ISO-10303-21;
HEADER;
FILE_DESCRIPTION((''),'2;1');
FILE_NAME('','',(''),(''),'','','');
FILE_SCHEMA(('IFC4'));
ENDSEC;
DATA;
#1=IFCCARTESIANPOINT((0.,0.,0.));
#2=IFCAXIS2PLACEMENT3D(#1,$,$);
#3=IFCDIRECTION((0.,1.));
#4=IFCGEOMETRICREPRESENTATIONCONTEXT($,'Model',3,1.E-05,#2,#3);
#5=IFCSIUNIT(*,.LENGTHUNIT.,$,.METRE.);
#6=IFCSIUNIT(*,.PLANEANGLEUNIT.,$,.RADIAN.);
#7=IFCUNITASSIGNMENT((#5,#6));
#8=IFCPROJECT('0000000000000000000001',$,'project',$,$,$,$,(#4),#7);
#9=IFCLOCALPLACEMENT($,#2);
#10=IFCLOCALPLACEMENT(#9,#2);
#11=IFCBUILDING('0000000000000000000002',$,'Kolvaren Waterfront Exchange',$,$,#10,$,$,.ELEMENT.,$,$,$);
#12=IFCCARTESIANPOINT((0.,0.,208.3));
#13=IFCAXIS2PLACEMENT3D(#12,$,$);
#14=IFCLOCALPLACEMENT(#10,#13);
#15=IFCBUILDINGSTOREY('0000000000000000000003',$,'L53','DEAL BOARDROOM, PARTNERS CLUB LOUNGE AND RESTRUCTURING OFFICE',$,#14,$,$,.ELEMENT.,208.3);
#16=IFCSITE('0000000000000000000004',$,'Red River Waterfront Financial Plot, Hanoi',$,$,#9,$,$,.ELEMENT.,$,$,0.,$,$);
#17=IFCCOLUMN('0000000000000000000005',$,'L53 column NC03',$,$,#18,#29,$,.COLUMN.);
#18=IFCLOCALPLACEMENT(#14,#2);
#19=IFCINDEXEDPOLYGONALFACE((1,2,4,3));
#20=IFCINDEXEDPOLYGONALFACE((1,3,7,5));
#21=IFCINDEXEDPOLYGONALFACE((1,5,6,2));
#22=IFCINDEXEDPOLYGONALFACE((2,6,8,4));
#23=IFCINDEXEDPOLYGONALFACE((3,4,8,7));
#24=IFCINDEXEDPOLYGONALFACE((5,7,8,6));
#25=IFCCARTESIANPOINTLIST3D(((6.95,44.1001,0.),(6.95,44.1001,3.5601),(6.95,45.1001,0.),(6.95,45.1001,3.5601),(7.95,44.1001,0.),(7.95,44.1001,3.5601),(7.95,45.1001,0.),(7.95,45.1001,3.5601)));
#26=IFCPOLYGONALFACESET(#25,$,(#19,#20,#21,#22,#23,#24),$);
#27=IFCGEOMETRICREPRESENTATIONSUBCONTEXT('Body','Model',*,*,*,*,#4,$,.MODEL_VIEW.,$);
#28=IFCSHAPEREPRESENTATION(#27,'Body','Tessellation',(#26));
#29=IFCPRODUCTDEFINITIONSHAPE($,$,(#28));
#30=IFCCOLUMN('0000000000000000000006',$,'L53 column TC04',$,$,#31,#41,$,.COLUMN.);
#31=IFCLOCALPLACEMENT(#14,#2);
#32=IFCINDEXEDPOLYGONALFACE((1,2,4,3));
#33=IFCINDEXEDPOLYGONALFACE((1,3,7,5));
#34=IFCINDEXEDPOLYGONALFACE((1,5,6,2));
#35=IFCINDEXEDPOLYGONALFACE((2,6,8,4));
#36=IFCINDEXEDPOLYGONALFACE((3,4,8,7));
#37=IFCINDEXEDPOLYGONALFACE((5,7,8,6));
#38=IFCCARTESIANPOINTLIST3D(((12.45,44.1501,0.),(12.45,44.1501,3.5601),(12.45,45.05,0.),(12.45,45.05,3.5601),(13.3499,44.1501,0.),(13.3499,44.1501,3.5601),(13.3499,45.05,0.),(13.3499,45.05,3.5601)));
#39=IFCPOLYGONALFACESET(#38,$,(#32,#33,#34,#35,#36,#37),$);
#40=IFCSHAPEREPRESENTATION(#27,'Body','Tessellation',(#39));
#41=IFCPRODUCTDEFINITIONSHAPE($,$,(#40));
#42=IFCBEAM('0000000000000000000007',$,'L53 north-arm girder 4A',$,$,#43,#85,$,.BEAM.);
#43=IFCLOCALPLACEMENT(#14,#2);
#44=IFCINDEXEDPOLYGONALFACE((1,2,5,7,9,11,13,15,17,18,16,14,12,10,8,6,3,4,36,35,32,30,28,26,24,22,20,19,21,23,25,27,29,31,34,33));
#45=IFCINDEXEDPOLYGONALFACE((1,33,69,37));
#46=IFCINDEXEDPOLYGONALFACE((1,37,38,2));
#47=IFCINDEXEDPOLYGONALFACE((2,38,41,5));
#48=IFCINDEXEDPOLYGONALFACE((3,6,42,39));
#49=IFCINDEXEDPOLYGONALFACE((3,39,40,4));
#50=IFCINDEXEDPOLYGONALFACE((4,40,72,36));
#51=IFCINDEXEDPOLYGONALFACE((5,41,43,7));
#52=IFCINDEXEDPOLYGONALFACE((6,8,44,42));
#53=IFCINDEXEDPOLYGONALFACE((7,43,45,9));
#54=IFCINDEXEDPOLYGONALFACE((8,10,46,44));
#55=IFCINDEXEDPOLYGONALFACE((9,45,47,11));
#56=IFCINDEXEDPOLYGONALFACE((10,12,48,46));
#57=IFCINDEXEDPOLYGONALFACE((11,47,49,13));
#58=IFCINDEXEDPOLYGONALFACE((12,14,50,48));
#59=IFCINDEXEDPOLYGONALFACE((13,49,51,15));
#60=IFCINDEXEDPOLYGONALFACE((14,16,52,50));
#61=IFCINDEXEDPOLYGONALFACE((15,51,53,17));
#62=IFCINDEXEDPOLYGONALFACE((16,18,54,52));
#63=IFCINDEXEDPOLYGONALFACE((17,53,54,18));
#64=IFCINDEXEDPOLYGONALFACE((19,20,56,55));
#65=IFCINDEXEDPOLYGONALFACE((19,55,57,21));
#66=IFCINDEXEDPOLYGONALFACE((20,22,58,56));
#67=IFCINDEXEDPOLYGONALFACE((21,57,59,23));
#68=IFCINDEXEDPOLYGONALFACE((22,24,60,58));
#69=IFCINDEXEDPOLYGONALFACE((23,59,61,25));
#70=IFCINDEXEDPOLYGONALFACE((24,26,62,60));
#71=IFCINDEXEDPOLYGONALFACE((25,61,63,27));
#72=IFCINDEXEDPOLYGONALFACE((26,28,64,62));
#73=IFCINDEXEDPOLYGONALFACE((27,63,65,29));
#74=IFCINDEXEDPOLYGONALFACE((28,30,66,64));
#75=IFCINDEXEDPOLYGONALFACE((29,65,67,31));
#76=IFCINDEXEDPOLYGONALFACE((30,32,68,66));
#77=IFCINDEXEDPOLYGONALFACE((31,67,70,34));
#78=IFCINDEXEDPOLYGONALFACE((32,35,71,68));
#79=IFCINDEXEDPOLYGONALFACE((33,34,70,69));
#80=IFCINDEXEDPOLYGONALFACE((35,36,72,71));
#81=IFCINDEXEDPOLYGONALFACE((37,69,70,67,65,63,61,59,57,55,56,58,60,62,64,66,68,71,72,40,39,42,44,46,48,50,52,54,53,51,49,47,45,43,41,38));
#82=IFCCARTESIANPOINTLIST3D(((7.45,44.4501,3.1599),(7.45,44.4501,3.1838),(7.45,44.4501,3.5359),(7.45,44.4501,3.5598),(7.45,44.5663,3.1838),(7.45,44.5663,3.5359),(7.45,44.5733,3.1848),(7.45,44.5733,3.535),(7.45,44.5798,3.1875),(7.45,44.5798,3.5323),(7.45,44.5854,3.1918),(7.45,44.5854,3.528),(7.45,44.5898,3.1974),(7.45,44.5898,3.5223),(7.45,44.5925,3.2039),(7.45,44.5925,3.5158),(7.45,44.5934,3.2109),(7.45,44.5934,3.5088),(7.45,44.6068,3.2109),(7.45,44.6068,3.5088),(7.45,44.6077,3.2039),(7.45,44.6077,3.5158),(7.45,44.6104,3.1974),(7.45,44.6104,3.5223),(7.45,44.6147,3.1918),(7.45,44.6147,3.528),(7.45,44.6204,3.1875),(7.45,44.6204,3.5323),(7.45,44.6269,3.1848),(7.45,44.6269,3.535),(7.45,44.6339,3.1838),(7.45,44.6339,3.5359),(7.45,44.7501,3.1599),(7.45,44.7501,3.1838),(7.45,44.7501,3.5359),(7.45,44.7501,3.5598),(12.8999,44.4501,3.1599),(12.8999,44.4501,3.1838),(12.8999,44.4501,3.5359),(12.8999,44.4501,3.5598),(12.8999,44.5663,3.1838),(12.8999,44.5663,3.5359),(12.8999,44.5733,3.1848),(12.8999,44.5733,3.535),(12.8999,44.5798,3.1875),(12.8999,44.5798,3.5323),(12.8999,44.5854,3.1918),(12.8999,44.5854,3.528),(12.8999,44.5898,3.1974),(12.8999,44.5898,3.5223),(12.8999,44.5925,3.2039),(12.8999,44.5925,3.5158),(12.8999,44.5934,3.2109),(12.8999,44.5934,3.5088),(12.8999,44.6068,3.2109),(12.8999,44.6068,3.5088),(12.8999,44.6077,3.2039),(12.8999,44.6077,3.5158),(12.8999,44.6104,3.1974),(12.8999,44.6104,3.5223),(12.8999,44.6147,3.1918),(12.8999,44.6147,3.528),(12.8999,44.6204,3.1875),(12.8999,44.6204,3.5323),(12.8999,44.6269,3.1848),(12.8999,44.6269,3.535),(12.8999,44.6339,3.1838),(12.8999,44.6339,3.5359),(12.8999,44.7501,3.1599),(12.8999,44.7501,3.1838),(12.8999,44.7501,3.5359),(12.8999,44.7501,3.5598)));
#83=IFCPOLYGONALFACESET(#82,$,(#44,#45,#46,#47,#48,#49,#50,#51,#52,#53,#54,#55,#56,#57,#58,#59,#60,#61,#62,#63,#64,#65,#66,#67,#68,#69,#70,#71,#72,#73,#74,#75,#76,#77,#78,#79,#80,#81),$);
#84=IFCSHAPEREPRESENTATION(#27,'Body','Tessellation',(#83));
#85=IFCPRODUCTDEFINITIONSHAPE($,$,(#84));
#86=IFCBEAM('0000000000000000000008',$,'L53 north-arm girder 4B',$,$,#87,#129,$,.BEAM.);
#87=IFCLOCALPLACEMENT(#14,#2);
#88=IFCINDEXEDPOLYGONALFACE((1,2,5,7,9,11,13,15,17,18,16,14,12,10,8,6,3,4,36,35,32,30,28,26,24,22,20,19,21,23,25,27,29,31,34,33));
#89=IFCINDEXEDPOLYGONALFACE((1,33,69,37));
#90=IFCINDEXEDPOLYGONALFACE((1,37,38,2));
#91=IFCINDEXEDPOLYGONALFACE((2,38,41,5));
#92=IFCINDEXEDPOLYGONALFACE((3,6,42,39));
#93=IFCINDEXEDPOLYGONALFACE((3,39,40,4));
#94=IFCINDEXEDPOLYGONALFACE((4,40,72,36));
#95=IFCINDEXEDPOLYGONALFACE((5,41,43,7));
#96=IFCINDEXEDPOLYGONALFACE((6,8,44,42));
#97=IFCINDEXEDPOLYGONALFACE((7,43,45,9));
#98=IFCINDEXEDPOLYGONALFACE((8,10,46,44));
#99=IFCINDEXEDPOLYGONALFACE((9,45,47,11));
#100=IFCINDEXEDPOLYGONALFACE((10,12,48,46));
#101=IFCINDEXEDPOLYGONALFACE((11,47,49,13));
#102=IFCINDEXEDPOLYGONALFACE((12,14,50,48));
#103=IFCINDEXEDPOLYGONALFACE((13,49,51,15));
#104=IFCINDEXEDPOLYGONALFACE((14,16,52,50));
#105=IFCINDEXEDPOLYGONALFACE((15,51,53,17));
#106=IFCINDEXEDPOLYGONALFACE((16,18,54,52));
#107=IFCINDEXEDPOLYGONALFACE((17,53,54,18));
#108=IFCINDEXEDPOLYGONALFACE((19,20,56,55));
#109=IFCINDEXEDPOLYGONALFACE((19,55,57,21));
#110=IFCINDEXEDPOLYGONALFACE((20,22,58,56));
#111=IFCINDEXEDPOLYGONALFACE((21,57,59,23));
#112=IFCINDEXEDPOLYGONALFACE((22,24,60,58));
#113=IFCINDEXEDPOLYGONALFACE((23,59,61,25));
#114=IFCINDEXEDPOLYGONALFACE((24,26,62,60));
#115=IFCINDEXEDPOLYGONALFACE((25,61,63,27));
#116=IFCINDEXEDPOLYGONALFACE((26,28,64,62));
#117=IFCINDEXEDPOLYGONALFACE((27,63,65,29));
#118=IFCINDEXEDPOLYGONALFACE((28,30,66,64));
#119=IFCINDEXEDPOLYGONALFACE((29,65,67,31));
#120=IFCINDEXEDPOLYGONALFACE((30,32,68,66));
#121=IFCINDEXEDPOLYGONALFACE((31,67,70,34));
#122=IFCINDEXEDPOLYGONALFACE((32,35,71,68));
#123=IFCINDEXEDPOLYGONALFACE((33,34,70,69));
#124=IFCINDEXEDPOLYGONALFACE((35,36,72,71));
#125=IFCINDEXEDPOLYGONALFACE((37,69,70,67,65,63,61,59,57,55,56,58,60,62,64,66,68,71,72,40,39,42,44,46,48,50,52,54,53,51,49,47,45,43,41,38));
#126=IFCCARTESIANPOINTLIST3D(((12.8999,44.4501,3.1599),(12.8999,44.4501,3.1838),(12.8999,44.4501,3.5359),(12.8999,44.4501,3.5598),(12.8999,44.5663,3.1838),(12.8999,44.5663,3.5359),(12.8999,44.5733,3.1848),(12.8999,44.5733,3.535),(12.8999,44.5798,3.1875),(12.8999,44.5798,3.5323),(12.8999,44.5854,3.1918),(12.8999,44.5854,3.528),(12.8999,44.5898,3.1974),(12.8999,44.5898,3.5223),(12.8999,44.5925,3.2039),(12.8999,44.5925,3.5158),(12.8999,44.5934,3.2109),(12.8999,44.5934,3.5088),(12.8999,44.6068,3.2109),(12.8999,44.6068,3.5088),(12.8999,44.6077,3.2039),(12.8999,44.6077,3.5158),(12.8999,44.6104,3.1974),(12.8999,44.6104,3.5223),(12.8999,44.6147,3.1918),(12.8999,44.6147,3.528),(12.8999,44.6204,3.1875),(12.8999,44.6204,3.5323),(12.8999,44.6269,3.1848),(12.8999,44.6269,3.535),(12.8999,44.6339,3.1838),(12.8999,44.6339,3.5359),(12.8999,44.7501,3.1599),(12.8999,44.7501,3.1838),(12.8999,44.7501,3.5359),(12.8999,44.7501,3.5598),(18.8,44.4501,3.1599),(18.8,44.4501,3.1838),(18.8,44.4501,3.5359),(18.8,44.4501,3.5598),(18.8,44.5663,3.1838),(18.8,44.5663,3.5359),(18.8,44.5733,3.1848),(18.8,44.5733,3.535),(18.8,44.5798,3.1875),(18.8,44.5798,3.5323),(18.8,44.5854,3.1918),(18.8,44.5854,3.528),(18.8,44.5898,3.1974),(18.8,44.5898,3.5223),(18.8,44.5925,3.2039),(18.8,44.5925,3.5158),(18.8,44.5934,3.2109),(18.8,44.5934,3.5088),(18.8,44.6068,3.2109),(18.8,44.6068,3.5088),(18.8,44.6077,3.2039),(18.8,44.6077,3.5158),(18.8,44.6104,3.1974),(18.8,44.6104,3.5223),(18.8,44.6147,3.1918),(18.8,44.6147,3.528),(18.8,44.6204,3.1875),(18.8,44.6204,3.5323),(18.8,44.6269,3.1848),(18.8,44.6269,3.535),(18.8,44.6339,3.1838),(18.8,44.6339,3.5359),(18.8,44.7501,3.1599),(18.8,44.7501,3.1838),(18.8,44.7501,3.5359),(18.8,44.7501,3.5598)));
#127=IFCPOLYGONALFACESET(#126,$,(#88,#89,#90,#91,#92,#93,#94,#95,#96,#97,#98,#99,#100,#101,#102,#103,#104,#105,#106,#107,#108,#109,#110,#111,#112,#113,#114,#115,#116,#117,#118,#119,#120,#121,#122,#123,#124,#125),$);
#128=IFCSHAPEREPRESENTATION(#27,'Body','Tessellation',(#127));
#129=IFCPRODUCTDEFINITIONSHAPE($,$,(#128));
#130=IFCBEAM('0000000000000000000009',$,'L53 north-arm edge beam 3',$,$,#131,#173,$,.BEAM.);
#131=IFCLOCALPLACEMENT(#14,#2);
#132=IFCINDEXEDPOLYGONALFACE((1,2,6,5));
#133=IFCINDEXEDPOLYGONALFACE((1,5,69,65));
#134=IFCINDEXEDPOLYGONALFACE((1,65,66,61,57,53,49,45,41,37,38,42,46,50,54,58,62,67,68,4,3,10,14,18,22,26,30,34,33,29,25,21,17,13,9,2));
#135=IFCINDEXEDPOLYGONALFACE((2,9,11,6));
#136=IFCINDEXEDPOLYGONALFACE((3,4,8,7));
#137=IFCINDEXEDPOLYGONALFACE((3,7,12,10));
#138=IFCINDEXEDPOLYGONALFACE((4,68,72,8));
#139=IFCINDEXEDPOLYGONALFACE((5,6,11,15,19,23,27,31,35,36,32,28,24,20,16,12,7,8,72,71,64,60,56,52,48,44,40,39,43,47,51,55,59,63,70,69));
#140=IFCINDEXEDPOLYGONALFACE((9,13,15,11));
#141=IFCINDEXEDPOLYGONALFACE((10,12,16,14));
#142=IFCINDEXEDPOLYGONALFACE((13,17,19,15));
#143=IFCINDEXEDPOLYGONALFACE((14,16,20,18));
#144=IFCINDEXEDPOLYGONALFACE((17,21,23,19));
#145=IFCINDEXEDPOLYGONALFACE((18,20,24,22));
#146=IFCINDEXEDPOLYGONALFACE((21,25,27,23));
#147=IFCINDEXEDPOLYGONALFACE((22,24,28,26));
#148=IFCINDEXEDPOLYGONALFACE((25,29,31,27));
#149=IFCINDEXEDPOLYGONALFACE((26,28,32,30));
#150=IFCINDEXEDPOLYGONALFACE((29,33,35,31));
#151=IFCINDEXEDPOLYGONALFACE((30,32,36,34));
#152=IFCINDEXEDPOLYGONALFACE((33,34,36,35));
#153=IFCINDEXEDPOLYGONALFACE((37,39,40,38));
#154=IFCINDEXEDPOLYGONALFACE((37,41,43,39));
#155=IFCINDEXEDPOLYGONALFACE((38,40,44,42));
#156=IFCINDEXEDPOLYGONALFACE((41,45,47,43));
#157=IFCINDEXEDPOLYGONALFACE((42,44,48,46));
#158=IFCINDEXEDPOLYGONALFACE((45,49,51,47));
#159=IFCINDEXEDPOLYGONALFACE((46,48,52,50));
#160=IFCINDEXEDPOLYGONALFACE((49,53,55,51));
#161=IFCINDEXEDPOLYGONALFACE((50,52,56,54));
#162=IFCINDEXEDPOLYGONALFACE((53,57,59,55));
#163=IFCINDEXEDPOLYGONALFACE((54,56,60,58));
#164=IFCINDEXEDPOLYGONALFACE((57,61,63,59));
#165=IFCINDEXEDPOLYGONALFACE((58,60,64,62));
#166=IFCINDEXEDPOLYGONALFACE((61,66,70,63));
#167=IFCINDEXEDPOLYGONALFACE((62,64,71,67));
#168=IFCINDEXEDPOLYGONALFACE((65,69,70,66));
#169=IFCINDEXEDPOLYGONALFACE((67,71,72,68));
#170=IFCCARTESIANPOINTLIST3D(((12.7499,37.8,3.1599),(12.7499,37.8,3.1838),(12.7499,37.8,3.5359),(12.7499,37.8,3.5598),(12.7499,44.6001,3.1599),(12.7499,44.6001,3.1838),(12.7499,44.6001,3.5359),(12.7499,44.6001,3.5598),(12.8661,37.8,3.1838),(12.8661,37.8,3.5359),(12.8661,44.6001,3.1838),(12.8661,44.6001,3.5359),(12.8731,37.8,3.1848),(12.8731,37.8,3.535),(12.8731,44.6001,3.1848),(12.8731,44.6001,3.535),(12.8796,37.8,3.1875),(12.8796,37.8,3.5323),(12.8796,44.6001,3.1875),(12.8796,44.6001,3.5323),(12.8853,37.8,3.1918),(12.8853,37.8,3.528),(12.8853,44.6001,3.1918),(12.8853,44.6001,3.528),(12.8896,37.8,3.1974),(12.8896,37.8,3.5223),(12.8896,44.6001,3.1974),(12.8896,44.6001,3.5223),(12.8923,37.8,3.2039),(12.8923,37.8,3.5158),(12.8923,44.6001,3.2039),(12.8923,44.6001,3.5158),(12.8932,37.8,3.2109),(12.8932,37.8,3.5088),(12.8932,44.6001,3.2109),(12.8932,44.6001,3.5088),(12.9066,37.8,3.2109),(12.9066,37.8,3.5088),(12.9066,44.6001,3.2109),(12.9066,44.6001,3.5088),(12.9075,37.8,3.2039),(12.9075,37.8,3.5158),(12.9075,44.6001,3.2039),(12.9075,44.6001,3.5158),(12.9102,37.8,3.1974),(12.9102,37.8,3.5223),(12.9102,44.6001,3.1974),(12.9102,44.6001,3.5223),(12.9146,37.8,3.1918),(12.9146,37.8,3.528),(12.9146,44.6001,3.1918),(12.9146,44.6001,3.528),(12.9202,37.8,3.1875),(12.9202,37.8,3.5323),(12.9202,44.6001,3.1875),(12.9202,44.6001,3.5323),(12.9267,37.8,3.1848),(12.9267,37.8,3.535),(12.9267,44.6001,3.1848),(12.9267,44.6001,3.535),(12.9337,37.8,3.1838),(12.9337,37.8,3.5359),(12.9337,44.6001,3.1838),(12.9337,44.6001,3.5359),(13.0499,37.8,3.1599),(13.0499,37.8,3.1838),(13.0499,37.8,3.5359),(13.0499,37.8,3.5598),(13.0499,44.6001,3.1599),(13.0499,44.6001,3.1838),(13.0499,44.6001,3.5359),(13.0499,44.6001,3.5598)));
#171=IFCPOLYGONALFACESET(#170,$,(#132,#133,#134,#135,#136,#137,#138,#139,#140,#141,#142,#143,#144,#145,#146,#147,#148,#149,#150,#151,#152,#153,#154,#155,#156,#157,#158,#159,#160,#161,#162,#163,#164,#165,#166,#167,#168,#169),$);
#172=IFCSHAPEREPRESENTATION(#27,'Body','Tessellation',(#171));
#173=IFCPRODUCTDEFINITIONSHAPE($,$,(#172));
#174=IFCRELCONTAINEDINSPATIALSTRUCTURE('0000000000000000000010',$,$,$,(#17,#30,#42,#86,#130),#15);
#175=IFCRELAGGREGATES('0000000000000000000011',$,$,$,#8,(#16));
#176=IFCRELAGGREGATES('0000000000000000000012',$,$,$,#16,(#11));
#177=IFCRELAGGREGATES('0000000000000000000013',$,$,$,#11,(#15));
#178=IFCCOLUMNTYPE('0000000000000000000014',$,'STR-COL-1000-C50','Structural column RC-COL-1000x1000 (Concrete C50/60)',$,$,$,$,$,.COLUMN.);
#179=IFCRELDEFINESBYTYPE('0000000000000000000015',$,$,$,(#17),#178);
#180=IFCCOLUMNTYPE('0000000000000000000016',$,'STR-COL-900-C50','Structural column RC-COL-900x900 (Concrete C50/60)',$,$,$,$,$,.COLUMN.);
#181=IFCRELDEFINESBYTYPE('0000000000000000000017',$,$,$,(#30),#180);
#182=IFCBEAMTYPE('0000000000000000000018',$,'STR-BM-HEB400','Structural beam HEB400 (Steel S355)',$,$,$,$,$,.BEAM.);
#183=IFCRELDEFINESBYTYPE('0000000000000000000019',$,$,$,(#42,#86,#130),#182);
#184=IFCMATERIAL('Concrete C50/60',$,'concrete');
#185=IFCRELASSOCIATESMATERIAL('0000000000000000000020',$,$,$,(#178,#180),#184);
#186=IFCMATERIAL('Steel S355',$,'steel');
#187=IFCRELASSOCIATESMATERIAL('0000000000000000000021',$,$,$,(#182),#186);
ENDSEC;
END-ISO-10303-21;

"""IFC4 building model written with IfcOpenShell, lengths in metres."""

from ifc_helpers import new_model, si_unit, direction, frame, origin, origin_2d, place, context, subcontext, project, spatial, rectangle, i_section, extrude, material, material_profile, profile_set, type_object, element, save


model = new_model("IFC4")

# Units and contexts
model_context = context("Model", 3, precision=1e-05, world=origin(), true_north=direction((0.0, 1.0)))
body_context = subcontext(model_context, "Body", "Model", "MODEL_VIEW")
ifc_project = project(units=[si_unit("LENGTHUNIT", "METRE"), si_unit("PLANEANGLEUNIT", "RADIAN")], contexts=[model_context])

# Site, building, storey
site_placement = place(None, origin())
site = spatial("IfcSite", under=ifc_project, at=site_placement, Name="Red River Waterfront Financial Plot, Hanoi", CompositionType="ELEMENT", RefElevation=0.0)
building_placement = place(site_placement, origin())
building = spatial("IfcBuilding", under=site, at=building_placement, Name="Kolvaren Waterfront Exchange", CompositionType="ELEMENT")
storey_placement = place(building_placement, frame((0.0, 0.0, 208.3)))
storey = spatial("IfcBuildingStorey", under=building, at=storey_placement, Name="L53", Description="DEAL BOARDROOM, PARTNERS CLUB LOUNGE AND RESTRUCTURING OFFICE", CompositionType="ELEMENT", Elevation=208.3)

# Columns
ifc_material_1 = material(Name="Concrete C50/60", Category="concrete")
ifc_material_profile_1 = material_profile(ifc_material_1, rectangle(XDim=1.0, YDim=1.0, at=origin_2d()), Name="RC-COL-1000x1000")
ifc_profile_set_1 = profile_set([ifc_material_profile_1], Name="Concrete C50/60")
column_type_1 = type_object("IfcColumnType", Name="STR-COL-1000-C50", Description="Structural column RC-COL-1000x1000 (Concrete C50/60)", PredefinedType="COLUMN", material=ifc_profile_set_1)
column_1_placement = place(storey_placement, frame((7.45, 44.6001, 0.0), z_axis=(0.0, 0.0, 1.0), x_axis=(1.0, 0.0, 0.0)))
element("IfcColumn", 1, at=column_1_placement, inside=storey, type_object=column_type_1, Name="L53 column NC03", PredefinedType="COLUMN", context=body_context, shape_type="SweptSolid", body=[
    extrude(rectangle(XDim=1.0, YDim=1.0, at=origin_2d()), origin(), (0.0, 0.0, 1.0), 3.5601),
])
ifc_material_profile_2 = material_profile(ifc_material_1, rectangle(XDim=0.8999, YDim=0.8999, at=origin_2d()), Name="RC-COL-900x900")
ifc_profile_set_2 = profile_set([ifc_material_profile_2], Name="Concrete C50/60")
column_type_2 = type_object("IfcColumnType", Name="STR-COL-900-C50", Description="Structural column RC-COL-900x900 (Concrete C50/60)", PredefinedType="COLUMN", material=ifc_profile_set_2)
column_2_placement = place(storey_placement, frame((12.8999, 44.6001, 0.0), z_axis=(0.0, 0.0, 1.0), x_axis=(1.0, 0.0, 0.0)))
element("IfcColumn", 2, at=column_2_placement, inside=storey, type_object=column_type_2, Name="L53 column TC04", PredefinedType="COLUMN", context=body_context, shape_type="SweptSolid", body=[
    extrude(rectangle(XDim=0.8999, YDim=0.8999, at=origin_2d()), origin(), (0.0, 0.0, 1.0), 3.5601),
])

# Beams
ifc_material_2 = material(Name="Steel S355", Category="steel")
ifc_material_profile_3 = material_profile(ifc_material_2, i_section(OverallWidth=0.3, OverallDepth=0.3999, WebThickness=0.0134, FlangeThickness=0.0239, FilletRadius=0.0271, at=origin_2d()), Name="HEB400")
ifc_profile_set_3 = profile_set([ifc_material_profile_3], Name="Steel S355")
beam_type_1 = type_object("IfcBeamType", Name="STR-BM-HEB400", Description="Structural beam HEB400 (Steel S355)", PredefinedType="BEAM", material=ifc_profile_set_3)
beam_1_placement = place(storey_placement, frame((7.45, 44.6001, 3.3599), z_axis=(1.0, 0.0, 0.0), x_axis=(0.0, 1.0, 0.0)))
element("IfcBeam", 3, at=beam_1_placement, inside=storey, type_object=beam_type_1, Name="L53 north-arm girder 4A", PredefinedType="BEAM", context=body_context, shape_type="SweptSolid", body=[
    extrude(i_section(OverallWidth=0.3, OverallDepth=0.3999, WebThickness=0.0134, FlangeThickness=0.0239, FilletRadius=0.0271, at=origin_2d()), origin(), (0.0, 0.0, 1.0), 5.45),
])
beam_2_placement = place(storey_placement, frame((12.8999, 44.6001, 3.3599), z_axis=(1.0, 0.0, 0.0), x_axis=(0.0, 1.0, 0.0)))
element("IfcBeam", 4, at=beam_2_placement, inside=storey, type_object=beam_type_1, Name="L53 north-arm girder 4B", PredefinedType="BEAM", context=body_context, shape_type="SweptSolid", body=[
    extrude(i_section(OverallWidth=0.3, OverallDepth=0.3999, WebThickness=0.0134, FlangeThickness=0.0239, FilletRadius=0.0271, at=origin_2d()), origin(), (0.0, 0.0, 1.0), 5.9001),
])
beam_3_placement = place(storey_placement, frame((12.8999, 37.8, 3.3599), z_axis=(0.0, 1.0, 0.0), x_axis=(-1.0, 0.0, 0.0)))
element("IfcBeam", 5, at=beam_3_placement, inside=storey, type_object=beam_type_1, Name="L53 north-arm edge beam 3", PredefinedType="BEAM", context=body_context, shape_type="SweptSolid", body=[
    extrude(i_section(OverallWidth=0.3, OverallDepth=0.3999, WebThickness=0.0134, FlangeThickness=0.0239, FilletRadius=0.0271, at=origin_2d()), origin(), (0.0, 0.0, 1.0), 6.8),
])

save(model, "model.ifc")
